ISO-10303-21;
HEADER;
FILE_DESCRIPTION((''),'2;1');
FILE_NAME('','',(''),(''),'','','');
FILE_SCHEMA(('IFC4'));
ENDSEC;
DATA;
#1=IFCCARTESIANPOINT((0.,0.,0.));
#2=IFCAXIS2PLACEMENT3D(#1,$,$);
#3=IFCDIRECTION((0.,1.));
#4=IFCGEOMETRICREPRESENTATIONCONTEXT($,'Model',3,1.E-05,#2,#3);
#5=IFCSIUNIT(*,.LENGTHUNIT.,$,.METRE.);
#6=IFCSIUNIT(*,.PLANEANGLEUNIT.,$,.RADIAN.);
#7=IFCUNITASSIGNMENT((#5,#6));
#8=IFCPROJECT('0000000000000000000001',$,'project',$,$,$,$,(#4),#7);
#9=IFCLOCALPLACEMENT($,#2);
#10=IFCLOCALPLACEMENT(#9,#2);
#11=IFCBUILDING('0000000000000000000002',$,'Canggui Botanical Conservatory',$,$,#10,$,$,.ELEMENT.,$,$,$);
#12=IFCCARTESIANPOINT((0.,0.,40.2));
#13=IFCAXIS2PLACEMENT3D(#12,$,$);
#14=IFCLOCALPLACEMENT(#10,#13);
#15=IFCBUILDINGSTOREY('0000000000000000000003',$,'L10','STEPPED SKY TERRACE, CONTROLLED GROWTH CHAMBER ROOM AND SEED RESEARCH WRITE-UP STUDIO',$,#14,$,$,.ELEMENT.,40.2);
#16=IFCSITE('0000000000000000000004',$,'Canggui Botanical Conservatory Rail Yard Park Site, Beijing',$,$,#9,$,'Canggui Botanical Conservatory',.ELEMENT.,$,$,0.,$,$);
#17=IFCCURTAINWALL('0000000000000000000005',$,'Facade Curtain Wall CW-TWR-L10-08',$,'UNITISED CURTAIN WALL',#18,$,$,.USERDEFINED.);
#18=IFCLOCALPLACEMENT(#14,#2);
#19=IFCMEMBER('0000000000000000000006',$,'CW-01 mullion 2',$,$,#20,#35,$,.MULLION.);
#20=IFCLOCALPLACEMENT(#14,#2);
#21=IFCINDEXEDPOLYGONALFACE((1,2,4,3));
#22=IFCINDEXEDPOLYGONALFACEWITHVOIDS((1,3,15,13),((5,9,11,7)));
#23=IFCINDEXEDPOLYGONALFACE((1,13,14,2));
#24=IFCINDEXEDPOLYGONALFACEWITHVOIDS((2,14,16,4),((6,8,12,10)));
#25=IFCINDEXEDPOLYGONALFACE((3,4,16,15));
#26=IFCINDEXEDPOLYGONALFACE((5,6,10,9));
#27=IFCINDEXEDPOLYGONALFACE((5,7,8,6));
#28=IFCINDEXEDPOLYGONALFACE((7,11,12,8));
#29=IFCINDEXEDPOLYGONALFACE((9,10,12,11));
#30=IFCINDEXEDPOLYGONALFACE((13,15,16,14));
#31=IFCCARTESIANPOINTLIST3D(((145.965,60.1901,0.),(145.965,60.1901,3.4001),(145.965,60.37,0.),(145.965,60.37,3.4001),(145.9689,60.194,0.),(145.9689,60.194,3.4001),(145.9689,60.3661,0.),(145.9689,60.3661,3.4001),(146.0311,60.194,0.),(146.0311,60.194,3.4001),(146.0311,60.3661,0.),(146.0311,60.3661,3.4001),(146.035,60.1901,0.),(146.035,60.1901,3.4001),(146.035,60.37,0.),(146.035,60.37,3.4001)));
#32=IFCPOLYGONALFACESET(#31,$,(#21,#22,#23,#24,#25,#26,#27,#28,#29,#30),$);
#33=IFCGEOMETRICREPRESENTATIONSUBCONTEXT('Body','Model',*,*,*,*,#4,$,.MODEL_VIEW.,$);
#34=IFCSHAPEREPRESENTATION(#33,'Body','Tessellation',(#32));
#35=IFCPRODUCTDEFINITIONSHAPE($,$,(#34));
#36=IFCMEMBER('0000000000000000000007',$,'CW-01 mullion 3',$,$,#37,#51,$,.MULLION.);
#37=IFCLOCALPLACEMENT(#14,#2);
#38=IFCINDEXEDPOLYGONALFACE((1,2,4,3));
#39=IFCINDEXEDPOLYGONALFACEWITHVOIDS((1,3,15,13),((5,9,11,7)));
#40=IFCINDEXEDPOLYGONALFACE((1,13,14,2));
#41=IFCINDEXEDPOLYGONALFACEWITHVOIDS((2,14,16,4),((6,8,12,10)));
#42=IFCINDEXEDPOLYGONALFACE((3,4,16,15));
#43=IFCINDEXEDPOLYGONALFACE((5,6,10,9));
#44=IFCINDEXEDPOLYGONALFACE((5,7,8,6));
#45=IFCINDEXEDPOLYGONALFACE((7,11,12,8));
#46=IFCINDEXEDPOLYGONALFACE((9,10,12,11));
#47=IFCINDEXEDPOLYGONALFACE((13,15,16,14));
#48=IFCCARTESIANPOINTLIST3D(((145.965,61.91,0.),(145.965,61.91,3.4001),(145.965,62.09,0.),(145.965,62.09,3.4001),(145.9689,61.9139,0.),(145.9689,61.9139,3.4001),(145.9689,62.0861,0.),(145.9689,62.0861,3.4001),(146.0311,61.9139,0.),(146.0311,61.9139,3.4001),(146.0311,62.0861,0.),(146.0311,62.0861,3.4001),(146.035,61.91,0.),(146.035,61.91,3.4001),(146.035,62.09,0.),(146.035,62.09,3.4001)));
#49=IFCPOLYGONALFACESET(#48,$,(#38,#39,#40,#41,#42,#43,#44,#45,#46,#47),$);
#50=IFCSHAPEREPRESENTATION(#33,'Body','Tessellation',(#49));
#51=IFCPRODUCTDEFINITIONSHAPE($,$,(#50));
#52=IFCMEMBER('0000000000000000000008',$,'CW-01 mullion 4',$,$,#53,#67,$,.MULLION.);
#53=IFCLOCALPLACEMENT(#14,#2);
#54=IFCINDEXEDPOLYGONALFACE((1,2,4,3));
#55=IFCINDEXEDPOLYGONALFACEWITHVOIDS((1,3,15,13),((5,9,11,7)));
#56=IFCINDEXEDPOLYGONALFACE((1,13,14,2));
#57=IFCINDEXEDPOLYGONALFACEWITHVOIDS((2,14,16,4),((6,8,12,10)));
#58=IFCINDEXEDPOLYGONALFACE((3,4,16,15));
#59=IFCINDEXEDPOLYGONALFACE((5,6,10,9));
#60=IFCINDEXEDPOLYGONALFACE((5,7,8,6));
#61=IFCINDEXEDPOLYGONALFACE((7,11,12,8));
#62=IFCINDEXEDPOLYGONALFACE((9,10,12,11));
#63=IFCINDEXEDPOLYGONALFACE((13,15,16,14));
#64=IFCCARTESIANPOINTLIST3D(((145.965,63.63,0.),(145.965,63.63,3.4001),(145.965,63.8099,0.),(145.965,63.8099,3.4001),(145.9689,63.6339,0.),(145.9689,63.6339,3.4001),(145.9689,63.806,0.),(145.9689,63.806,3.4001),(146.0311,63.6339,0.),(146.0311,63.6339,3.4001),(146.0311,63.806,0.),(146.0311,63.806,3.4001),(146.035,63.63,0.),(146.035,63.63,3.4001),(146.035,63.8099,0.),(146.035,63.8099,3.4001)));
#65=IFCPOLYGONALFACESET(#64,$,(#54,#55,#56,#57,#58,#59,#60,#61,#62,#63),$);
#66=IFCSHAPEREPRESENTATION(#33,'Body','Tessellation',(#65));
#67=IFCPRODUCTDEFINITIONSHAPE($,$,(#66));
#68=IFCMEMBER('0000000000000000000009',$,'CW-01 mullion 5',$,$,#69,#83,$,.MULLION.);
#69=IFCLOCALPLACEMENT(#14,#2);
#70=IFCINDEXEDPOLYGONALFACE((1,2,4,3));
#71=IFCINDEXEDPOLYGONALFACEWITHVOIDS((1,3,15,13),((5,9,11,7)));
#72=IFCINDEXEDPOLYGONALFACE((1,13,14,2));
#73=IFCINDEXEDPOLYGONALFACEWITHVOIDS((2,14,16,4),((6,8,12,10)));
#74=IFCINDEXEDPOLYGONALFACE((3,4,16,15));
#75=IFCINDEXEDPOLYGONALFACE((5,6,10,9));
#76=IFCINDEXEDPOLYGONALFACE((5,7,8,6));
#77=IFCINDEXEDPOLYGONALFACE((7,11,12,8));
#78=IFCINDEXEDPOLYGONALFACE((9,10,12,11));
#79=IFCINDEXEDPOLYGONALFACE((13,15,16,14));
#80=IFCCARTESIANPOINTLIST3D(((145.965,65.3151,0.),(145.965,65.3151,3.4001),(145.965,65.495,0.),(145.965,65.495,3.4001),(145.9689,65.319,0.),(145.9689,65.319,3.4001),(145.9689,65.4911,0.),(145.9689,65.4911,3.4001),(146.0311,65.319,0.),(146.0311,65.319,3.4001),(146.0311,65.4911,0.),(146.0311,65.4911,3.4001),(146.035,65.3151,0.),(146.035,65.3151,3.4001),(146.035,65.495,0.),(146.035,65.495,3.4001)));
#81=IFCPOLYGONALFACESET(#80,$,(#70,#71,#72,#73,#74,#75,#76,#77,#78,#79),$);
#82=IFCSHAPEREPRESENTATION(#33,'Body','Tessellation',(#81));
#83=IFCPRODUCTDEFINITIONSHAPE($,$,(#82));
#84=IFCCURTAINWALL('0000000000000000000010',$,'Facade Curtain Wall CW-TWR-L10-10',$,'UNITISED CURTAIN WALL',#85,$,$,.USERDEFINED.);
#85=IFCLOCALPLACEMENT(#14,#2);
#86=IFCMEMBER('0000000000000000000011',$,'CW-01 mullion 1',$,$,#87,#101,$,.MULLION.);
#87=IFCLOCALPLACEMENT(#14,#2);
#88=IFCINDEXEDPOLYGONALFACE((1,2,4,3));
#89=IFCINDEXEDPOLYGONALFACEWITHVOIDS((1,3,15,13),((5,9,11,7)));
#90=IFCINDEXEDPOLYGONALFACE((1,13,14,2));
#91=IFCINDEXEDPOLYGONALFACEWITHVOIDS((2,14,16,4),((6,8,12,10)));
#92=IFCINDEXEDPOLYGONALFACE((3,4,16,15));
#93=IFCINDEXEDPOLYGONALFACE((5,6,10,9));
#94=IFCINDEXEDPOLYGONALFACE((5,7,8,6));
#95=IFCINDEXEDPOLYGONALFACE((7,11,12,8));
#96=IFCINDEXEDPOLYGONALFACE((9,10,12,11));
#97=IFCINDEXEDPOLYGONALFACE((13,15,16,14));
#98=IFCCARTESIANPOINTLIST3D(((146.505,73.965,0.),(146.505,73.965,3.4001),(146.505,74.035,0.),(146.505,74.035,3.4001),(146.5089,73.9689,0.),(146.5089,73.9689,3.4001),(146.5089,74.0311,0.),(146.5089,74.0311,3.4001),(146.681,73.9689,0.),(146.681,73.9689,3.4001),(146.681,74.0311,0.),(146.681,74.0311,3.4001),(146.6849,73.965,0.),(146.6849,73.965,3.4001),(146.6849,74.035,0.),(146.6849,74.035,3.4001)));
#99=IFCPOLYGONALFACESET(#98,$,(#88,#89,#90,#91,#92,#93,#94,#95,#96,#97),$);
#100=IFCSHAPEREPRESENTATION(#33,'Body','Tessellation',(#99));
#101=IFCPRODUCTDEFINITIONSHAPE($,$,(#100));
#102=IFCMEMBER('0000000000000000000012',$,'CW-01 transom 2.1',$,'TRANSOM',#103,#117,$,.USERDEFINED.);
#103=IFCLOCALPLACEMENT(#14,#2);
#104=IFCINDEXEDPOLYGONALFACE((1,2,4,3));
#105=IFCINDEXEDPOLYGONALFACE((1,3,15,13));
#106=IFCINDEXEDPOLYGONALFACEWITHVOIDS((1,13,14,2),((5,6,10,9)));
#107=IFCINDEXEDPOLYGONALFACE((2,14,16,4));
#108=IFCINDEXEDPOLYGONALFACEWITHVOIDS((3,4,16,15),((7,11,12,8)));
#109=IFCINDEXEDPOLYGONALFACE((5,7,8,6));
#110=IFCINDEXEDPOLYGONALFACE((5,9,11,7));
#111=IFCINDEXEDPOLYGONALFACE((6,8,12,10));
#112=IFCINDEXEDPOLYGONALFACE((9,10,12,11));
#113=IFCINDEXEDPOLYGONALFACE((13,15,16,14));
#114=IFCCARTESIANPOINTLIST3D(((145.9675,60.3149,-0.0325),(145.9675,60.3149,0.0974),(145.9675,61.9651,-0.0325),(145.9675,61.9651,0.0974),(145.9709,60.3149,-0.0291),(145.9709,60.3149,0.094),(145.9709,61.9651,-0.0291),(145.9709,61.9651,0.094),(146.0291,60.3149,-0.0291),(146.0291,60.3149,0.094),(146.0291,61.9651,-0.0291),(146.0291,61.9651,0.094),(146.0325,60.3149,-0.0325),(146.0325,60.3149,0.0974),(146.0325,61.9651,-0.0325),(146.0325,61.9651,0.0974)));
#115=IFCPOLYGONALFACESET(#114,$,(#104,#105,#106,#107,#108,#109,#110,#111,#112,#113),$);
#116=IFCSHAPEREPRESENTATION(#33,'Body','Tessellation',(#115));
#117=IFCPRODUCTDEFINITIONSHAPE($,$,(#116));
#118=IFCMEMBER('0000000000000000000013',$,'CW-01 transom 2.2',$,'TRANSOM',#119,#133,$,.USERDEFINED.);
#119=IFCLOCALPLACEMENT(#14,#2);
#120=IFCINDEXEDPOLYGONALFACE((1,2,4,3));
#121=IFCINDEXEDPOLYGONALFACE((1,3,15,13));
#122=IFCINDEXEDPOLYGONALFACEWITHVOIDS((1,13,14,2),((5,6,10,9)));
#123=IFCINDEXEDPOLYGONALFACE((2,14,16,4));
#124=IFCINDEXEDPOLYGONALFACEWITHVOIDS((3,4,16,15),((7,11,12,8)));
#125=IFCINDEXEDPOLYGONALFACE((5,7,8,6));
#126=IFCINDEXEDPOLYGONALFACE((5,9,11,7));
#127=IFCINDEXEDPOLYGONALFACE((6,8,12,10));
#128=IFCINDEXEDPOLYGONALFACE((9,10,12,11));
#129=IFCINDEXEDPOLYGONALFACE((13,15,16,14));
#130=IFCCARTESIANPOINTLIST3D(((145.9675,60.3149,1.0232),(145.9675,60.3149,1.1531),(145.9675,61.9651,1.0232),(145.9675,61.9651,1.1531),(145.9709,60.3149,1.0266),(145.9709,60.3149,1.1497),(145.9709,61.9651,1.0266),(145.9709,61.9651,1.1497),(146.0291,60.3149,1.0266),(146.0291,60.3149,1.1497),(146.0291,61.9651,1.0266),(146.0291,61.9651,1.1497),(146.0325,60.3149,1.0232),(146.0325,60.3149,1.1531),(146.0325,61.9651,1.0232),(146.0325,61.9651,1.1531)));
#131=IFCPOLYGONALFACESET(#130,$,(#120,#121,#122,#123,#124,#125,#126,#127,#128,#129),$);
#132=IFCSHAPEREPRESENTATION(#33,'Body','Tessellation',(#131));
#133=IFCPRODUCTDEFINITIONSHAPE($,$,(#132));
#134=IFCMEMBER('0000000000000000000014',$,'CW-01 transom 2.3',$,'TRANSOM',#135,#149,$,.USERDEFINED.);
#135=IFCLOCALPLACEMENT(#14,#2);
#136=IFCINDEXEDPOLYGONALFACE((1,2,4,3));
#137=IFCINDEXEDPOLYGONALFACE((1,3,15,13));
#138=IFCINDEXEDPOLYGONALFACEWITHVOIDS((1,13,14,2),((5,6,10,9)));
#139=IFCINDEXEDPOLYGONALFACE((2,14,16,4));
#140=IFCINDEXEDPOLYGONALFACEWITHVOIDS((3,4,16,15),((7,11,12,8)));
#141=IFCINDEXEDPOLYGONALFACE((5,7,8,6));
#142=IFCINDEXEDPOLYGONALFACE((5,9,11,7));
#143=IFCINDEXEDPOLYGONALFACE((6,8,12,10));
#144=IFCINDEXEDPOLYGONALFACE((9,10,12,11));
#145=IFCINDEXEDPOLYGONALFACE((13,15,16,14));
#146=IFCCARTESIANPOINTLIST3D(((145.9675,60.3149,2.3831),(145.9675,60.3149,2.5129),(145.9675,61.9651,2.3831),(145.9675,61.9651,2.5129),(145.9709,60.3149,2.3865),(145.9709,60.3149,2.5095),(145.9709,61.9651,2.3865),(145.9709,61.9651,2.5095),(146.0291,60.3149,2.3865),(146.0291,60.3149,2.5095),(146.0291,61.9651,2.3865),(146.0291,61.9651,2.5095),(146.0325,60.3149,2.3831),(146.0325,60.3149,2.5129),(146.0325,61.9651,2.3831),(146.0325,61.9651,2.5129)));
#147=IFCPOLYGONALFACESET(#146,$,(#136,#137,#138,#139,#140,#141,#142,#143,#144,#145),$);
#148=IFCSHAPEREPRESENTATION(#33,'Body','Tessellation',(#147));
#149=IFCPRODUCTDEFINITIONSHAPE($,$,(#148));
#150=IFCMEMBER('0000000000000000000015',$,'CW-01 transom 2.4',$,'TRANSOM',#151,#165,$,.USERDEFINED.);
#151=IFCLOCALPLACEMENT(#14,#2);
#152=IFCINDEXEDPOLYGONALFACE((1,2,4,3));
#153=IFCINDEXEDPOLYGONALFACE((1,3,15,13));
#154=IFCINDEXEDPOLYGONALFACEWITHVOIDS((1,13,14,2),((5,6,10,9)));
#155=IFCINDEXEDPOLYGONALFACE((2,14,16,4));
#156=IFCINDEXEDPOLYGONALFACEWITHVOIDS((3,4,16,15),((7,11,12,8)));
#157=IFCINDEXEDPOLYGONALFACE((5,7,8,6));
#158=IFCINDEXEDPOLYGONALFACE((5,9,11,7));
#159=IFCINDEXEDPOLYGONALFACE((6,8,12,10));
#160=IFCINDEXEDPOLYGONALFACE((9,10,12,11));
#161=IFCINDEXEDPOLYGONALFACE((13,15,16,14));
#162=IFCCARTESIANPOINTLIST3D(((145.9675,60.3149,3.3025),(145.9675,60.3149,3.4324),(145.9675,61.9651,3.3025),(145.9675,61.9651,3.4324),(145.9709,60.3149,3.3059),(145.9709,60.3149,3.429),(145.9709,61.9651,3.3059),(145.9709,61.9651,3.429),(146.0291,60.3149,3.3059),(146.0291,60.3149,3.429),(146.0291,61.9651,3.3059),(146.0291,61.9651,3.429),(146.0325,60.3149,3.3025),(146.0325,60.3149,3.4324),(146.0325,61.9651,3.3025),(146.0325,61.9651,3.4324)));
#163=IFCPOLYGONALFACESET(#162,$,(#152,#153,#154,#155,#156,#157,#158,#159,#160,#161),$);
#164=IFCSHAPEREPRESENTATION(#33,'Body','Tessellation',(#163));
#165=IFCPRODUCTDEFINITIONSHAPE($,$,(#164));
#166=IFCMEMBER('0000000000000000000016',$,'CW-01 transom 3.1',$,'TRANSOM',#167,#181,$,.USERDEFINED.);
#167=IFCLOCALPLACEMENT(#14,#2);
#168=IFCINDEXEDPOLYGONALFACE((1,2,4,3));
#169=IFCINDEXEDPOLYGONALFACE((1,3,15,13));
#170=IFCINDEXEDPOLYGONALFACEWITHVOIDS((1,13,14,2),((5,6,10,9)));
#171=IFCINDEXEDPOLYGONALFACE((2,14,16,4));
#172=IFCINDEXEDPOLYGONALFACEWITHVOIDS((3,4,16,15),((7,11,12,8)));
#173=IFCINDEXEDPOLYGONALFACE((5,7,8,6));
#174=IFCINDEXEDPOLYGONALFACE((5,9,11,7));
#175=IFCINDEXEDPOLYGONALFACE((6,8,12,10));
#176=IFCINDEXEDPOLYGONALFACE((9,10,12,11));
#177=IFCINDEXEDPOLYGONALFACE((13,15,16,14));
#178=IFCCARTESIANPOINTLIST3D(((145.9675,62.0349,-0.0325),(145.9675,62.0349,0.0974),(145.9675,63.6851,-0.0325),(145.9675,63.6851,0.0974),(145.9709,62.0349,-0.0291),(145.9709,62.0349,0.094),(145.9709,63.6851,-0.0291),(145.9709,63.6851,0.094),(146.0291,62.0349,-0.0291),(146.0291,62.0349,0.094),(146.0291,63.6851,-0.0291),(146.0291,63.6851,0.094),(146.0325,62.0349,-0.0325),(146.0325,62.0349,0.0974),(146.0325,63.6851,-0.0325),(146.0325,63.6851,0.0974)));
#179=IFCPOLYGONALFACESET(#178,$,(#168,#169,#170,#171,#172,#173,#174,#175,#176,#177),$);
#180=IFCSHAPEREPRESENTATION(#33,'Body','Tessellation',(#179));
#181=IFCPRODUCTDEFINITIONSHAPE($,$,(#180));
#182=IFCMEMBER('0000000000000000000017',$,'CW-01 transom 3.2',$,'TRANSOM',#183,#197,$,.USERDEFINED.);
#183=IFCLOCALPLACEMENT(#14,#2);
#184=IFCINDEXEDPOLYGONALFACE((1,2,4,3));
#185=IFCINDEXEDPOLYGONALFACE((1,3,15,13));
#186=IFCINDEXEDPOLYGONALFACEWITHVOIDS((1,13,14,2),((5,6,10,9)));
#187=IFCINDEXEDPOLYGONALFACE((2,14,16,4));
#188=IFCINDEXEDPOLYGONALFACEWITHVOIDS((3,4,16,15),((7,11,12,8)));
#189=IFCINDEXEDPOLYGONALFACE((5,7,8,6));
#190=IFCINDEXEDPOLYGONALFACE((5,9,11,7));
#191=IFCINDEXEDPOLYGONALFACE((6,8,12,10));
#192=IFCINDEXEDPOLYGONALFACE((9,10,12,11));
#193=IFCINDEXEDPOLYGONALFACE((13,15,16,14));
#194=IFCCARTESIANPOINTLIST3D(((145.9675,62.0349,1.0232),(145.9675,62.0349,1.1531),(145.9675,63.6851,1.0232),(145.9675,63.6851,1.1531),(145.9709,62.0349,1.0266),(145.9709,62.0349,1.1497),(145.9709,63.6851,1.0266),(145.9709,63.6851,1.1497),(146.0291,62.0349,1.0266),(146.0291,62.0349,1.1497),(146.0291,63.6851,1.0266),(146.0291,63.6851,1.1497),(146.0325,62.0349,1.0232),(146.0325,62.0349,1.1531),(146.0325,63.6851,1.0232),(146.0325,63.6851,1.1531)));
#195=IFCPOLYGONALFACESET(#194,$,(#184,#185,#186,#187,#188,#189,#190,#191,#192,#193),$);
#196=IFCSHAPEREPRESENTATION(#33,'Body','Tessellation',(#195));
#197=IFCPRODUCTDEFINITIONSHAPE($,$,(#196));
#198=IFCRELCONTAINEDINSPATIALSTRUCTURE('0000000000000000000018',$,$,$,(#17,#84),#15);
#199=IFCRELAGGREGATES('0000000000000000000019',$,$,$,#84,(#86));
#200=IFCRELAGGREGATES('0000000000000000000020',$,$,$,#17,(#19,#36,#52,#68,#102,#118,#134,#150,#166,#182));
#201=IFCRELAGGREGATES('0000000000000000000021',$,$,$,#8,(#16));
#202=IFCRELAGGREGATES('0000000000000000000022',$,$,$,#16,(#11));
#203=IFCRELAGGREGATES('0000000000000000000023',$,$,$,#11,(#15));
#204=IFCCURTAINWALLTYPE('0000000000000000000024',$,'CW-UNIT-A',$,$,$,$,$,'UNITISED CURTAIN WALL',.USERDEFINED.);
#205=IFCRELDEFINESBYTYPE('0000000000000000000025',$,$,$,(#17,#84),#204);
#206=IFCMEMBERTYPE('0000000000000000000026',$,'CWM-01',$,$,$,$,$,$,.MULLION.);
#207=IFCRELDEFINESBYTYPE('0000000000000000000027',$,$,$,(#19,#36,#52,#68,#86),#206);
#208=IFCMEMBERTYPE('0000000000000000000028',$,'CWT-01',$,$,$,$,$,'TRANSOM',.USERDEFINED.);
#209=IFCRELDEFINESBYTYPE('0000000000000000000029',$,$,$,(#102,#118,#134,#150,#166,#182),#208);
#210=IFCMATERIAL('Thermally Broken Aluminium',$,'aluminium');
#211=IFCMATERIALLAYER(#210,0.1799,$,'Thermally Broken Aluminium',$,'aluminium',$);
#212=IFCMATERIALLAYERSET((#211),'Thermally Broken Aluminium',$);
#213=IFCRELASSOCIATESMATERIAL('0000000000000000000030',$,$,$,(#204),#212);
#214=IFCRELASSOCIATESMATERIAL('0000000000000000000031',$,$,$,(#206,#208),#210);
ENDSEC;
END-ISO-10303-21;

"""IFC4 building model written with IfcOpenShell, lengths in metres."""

from ifc_helpers import new_model, si_unit, direction, frame, origin, origin_2d, place, context, subcontext, project, spatial, hollow_rectangle, extrude, material, layer, layer_set, material_profile, profile_set, type_object, element, aggregate, save


model = new_model("IFC4")

# Units and contexts
model_context = context("Model", 3, precision=1e-05, world=origin(), true_north=direction((0.0, 1.0)))
body_context = subcontext(model_context, "Body", "Model", "MODEL_VIEW")
ifc_project = project(units=[si_unit("LENGTHUNIT", "METRE"), si_unit("PLANEANGLEUNIT", "RADIAN")], contexts=[model_context])

# Site, building, storey
site_placement = place(None, origin())
site = spatial("IfcSite", under=ifc_project, at=site_placement, Name="Canggui Botanical Conservatory Rail Yard Park Site, Beijing", LongName="Canggui Botanical Conservatory", CompositionType="ELEMENT", RefElevation=0.0)
building_placement = place(site_placement, origin())
building = spatial("IfcBuilding", under=site, at=building_placement, Name="Canggui Botanical Conservatory", CompositionType="ELEMENT")
storey_placement = place(building_placement, frame((0.0, 0.0, 40.2)))
storey = spatial("IfcBuildingStorey", under=building, at=storey_placement, Name="L10", Description="STEPPED SKY TERRACE, CONTROLLED GROWTH CHAMBER ROOM AND SEED RESEARCH WRITE-UP STUDIO", CompositionType="ELEMENT", Elevation=40.2)

# Curtain wall, members
ifc_material_1 = material(Name="Thermally Broken Aluminium", Category="aluminium")
ifc_layer_1 = layer(ifc_material_1, 0.1799, Name="Thermally Broken Aluminium", Category="aluminium")
ifc_layer_set_1 = layer_set([ifc_layer_1], Name="Thermally Broken Aluminium")
curtain_wall_type = type_object("IfcCurtainWallType", Name="CW-UNIT-A", ElementType="UNITISED CURTAIN WALL", PredefinedType="USERDEFINED", material=ifc_layer_set_1)
curtain_wall_1_placement = place(storey_placement, origin())
curtain_wall_1 = element("IfcCurtainWall", 1, at=curtain_wall_1_placement, inside=storey, type_object=curtain_wall_type, Name="Facade Curtain Wall CW-TWR-L10-08", ObjectType="UNITISED CURTAIN WALL", PredefinedType="USERDEFINED")
ifc_material_profile_1 = material_profile(ifc_material_1, hollow_rectangle(XDim=0.0701, YDim=0.1799, WallThickness=0.0039, at=origin_2d()), Name="CWM 70x180x4")
ifc_profile_set_1 = profile_set([ifc_material_profile_1], Name="Thermally Broken Aluminium")
member_type_1 = type_object("IfcMemberType", Name="CWM-01", PredefinedType="MULLION", material=ifc_profile_set_1)
member_1_placement = place(storey_placement, frame((146.0, 60.28, 0.0), z_axis=(0.0, 0.0, 1.0), x_axis=(-1.0, 0.0, 0.0)))
member_1 = element("IfcMember", 2, at=member_1_placement, type_object=member_type_1, Name="CW-01 mullion 2", PredefinedType="MULLION", context=body_context, shape_type="SweptSolid", body=[
    extrude(hollow_rectangle(XDim=0.0701, YDim=0.1799, WallThickness=0.0039, at=origin_2d()), origin(), (0.0, 0.0, 1.0), 3.4001),
])
member_2_placement = place(storey_placement, frame((146.0, 62.0, 0.0), z_axis=(0.0, 0.0, 1.0), x_axis=(-1.0, 0.0, 0.0)))
member_2 = element("IfcMember", 3, at=member_2_placement, type_object=member_type_1, Name="CW-01 mullion 3", PredefinedType="MULLION", context=body_context, shape_type="SweptSolid", body=[
    extrude(hollow_rectangle(XDim=0.0701, YDim=0.1799, WallThickness=0.0039, at=origin_2d()), origin(), (0.0, 0.0, 1.0), 3.4001),
])
member_3_placement = place(storey_placement, frame((146.0, 63.72, 0.0), z_axis=(0.0, 0.0, 1.0), x_axis=(-1.0, 0.0, 0.0)))
member_3 = element("IfcMember", 4, at=member_3_placement, type_object=member_type_1, Name="CW-01 mullion 4", PredefinedType="MULLION", context=body_context, shape_type="SweptSolid", body=[
    extrude(hollow_rectangle(XDim=0.0701, YDim=0.1799, WallThickness=0.0039, at=origin_2d()), origin(), (0.0, 0.0, 1.0), 3.4001),
])
member_4_placement = place(storey_placement, frame((146.0, 65.405, 0.0), z_axis=(0.0, 0.0, 1.0), x_axis=(-1.0, 0.0, 0.0)))
member_4 = element("IfcMember", 5, at=member_4_placement, type_object=member_type_1, Name="CW-01 mullion 5", PredefinedType="MULLION", context=body_context, shape_type="SweptSolid", body=[
    extrude(hollow_rectangle(XDim=0.0701, YDim=0.1799, WallThickness=0.0039, at=origin_2d()), origin(), (0.0, 0.0, 1.0), 3.4001),
])

# Curtain wall, member
curtain_wall_2_placement = place(storey_placement, origin())
curtain_wall_2 = element("IfcCurtainWall", 6, at=curtain_wall_2_placement, inside=storey, type_object=curtain_wall_type, Name="Facade Curtain Wall CW-TWR-L10-10", ObjectType="UNITISED CURTAIN WALL", PredefinedType="USERDEFINED")
member_5_placement = place(storey_placement, frame((146.595, 74.0, 0.0), z_axis=(0.0, 0.0, 1.0), x_axis=(0.0, 1.0, 0.0)))
member_5 = element("IfcMember", 7, at=member_5_placement, type_object=member_type_1, Name="CW-01 mullion 1", PredefinedType="MULLION", context=body_context, shape_type="SweptSolid", body=[
    extrude(hollow_rectangle(XDim=0.0701, YDim=0.1799, WallThickness=0.0039, at=origin_2d()), origin(), (0.0, 0.0, 1.0), 3.4001),
])

# Members
ifc_material_profile_2 = material_profile(ifc_material_1, hollow_rectangle(XDim=0.0649, YDim=0.1299, WallThickness=0.0034, at=origin_2d()), Name="CWT 65x130x3.5")
ifc_profile_set_2 = profile_set([ifc_material_profile_2], Name="Thermally Broken Aluminium")
member_type_2 = type_object("IfcMemberType", Name="CWT-01", ElementType="TRANSOM", PredefinedType="USERDEFINED", material=ifc_profile_set_2)
member_6_placement = place(storey_placement, frame((146.0, 60.3149, 0.0325), z_axis=(0.0, 1.0, 0.0), x_axis=(-1.0, 0.0, 0.0)))
member_6 = element("IfcMember", 8, at=member_6_placement, type_object=member_type_2, Name="CW-01 transom 2.1", ObjectType="TRANSOM", PredefinedType="USERDEFINED", context=body_context, shape_type="SweptSolid", body=[
    extrude(hollow_rectangle(XDim=0.0649, YDim=0.1299, WallThickness=0.0034, at=origin_2d()), origin(), (0.0, 0.0, 1.0), 1.6501),
])
member_7_placement = place(storey_placement, frame((146.0, 60.3149, 1.0881), z_axis=(0.0, 1.0, 0.0), x_axis=(-1.0, 0.0, 0.0)))
member_7 = element("IfcMember", 9, at=member_7_placement, type_object=member_type_2, Name="CW-01 transom 2.2", ObjectType="TRANSOM", PredefinedType="USERDEFINED", context=body_context, shape_type="SweptSolid", body=[
    extrude(hollow_rectangle(XDim=0.0649, YDim=0.1299, WallThickness=0.0034, at=origin_2d()), origin(), (0.0, 0.0, 1.0), 1.6501),
])
member_8_placement = place(storey_placement, frame((146.0, 60.3149, 2.448), z_axis=(0.0, 1.0, 0.0), x_axis=(-1.0, 0.0, 0.0)))
member_8 = element("IfcMember", 10, at=member_8_placement, type_object=member_type_2, Name="CW-01 transom 2.3", ObjectType="TRANSOM", PredefinedType="USERDEFINED", context=body_context, shape_type="SweptSolid", body=[
    extrude(hollow_rectangle(XDim=0.0649, YDim=0.1299, WallThickness=0.0034, at=origin_2d()), origin(), (0.0, 0.0, 1.0), 1.6501),
])
member_9_placement = place(storey_placement, frame((146.0, 60.3149, 3.3674), z_axis=(0.0, 1.0, 0.0), x_axis=(-1.0, 0.0, 0.0)))
member_9 = element("IfcMember", 11, at=member_9_placement, type_object=member_type_2, Name="CW-01 transom 2.4", ObjectType="TRANSOM", PredefinedType="USERDEFINED", context=body_context, shape_type="SweptSolid", body=[
    extrude(hollow_rectangle(XDim=0.0649, YDim=0.1299, WallThickness=0.0034, at=origin_2d()), origin(), (0.0, 0.0, 1.0), 1.6501),
])
member_10_placement = place(storey_placement, frame((146.0, 62.0349, 0.0325), z_axis=(0.0, 1.0, 0.0), x_axis=(-1.0, 0.0, 0.0)))
member_10 = element("IfcMember", 12, at=member_10_placement, type_object=member_type_2, Name="CW-01 transom 3.1", ObjectType="TRANSOM", PredefinedType="USERDEFINED", context=body_context, shape_type="SweptSolid", body=[
    extrude(hollow_rectangle(XDim=0.0649, YDim=0.1299, WallThickness=0.0034, at=origin_2d()), origin(), (0.0, 0.0, 1.0), 1.6501),
])
member_11_placement = place(storey_placement, frame((146.0, 62.0349, 1.0881), z_axis=(0.0, 1.0, 0.0), x_axis=(-1.0, 0.0, 0.0)))
member_11 = element("IfcMember", 13, at=member_11_placement, type_object=member_type_2, Name="CW-01 transom 3.2", ObjectType="TRANSOM", PredefinedType="USERDEFINED", context=body_context, shape_type="SweptSolid", body=[
    extrude(hollow_rectangle(XDim=0.0649, YDim=0.1299, WallThickness=0.0034, at=origin_2d()), origin(), (0.0, 0.0, 1.0), 1.6501),
])
aggregate(curtain_wall_2, [member_5])

aggregate(curtain_wall_1, [member_1, member_2, member_3, member_4, member_6, member_7, member_8, member_9, member_10, member_11])

save(model, "model.ifc")
